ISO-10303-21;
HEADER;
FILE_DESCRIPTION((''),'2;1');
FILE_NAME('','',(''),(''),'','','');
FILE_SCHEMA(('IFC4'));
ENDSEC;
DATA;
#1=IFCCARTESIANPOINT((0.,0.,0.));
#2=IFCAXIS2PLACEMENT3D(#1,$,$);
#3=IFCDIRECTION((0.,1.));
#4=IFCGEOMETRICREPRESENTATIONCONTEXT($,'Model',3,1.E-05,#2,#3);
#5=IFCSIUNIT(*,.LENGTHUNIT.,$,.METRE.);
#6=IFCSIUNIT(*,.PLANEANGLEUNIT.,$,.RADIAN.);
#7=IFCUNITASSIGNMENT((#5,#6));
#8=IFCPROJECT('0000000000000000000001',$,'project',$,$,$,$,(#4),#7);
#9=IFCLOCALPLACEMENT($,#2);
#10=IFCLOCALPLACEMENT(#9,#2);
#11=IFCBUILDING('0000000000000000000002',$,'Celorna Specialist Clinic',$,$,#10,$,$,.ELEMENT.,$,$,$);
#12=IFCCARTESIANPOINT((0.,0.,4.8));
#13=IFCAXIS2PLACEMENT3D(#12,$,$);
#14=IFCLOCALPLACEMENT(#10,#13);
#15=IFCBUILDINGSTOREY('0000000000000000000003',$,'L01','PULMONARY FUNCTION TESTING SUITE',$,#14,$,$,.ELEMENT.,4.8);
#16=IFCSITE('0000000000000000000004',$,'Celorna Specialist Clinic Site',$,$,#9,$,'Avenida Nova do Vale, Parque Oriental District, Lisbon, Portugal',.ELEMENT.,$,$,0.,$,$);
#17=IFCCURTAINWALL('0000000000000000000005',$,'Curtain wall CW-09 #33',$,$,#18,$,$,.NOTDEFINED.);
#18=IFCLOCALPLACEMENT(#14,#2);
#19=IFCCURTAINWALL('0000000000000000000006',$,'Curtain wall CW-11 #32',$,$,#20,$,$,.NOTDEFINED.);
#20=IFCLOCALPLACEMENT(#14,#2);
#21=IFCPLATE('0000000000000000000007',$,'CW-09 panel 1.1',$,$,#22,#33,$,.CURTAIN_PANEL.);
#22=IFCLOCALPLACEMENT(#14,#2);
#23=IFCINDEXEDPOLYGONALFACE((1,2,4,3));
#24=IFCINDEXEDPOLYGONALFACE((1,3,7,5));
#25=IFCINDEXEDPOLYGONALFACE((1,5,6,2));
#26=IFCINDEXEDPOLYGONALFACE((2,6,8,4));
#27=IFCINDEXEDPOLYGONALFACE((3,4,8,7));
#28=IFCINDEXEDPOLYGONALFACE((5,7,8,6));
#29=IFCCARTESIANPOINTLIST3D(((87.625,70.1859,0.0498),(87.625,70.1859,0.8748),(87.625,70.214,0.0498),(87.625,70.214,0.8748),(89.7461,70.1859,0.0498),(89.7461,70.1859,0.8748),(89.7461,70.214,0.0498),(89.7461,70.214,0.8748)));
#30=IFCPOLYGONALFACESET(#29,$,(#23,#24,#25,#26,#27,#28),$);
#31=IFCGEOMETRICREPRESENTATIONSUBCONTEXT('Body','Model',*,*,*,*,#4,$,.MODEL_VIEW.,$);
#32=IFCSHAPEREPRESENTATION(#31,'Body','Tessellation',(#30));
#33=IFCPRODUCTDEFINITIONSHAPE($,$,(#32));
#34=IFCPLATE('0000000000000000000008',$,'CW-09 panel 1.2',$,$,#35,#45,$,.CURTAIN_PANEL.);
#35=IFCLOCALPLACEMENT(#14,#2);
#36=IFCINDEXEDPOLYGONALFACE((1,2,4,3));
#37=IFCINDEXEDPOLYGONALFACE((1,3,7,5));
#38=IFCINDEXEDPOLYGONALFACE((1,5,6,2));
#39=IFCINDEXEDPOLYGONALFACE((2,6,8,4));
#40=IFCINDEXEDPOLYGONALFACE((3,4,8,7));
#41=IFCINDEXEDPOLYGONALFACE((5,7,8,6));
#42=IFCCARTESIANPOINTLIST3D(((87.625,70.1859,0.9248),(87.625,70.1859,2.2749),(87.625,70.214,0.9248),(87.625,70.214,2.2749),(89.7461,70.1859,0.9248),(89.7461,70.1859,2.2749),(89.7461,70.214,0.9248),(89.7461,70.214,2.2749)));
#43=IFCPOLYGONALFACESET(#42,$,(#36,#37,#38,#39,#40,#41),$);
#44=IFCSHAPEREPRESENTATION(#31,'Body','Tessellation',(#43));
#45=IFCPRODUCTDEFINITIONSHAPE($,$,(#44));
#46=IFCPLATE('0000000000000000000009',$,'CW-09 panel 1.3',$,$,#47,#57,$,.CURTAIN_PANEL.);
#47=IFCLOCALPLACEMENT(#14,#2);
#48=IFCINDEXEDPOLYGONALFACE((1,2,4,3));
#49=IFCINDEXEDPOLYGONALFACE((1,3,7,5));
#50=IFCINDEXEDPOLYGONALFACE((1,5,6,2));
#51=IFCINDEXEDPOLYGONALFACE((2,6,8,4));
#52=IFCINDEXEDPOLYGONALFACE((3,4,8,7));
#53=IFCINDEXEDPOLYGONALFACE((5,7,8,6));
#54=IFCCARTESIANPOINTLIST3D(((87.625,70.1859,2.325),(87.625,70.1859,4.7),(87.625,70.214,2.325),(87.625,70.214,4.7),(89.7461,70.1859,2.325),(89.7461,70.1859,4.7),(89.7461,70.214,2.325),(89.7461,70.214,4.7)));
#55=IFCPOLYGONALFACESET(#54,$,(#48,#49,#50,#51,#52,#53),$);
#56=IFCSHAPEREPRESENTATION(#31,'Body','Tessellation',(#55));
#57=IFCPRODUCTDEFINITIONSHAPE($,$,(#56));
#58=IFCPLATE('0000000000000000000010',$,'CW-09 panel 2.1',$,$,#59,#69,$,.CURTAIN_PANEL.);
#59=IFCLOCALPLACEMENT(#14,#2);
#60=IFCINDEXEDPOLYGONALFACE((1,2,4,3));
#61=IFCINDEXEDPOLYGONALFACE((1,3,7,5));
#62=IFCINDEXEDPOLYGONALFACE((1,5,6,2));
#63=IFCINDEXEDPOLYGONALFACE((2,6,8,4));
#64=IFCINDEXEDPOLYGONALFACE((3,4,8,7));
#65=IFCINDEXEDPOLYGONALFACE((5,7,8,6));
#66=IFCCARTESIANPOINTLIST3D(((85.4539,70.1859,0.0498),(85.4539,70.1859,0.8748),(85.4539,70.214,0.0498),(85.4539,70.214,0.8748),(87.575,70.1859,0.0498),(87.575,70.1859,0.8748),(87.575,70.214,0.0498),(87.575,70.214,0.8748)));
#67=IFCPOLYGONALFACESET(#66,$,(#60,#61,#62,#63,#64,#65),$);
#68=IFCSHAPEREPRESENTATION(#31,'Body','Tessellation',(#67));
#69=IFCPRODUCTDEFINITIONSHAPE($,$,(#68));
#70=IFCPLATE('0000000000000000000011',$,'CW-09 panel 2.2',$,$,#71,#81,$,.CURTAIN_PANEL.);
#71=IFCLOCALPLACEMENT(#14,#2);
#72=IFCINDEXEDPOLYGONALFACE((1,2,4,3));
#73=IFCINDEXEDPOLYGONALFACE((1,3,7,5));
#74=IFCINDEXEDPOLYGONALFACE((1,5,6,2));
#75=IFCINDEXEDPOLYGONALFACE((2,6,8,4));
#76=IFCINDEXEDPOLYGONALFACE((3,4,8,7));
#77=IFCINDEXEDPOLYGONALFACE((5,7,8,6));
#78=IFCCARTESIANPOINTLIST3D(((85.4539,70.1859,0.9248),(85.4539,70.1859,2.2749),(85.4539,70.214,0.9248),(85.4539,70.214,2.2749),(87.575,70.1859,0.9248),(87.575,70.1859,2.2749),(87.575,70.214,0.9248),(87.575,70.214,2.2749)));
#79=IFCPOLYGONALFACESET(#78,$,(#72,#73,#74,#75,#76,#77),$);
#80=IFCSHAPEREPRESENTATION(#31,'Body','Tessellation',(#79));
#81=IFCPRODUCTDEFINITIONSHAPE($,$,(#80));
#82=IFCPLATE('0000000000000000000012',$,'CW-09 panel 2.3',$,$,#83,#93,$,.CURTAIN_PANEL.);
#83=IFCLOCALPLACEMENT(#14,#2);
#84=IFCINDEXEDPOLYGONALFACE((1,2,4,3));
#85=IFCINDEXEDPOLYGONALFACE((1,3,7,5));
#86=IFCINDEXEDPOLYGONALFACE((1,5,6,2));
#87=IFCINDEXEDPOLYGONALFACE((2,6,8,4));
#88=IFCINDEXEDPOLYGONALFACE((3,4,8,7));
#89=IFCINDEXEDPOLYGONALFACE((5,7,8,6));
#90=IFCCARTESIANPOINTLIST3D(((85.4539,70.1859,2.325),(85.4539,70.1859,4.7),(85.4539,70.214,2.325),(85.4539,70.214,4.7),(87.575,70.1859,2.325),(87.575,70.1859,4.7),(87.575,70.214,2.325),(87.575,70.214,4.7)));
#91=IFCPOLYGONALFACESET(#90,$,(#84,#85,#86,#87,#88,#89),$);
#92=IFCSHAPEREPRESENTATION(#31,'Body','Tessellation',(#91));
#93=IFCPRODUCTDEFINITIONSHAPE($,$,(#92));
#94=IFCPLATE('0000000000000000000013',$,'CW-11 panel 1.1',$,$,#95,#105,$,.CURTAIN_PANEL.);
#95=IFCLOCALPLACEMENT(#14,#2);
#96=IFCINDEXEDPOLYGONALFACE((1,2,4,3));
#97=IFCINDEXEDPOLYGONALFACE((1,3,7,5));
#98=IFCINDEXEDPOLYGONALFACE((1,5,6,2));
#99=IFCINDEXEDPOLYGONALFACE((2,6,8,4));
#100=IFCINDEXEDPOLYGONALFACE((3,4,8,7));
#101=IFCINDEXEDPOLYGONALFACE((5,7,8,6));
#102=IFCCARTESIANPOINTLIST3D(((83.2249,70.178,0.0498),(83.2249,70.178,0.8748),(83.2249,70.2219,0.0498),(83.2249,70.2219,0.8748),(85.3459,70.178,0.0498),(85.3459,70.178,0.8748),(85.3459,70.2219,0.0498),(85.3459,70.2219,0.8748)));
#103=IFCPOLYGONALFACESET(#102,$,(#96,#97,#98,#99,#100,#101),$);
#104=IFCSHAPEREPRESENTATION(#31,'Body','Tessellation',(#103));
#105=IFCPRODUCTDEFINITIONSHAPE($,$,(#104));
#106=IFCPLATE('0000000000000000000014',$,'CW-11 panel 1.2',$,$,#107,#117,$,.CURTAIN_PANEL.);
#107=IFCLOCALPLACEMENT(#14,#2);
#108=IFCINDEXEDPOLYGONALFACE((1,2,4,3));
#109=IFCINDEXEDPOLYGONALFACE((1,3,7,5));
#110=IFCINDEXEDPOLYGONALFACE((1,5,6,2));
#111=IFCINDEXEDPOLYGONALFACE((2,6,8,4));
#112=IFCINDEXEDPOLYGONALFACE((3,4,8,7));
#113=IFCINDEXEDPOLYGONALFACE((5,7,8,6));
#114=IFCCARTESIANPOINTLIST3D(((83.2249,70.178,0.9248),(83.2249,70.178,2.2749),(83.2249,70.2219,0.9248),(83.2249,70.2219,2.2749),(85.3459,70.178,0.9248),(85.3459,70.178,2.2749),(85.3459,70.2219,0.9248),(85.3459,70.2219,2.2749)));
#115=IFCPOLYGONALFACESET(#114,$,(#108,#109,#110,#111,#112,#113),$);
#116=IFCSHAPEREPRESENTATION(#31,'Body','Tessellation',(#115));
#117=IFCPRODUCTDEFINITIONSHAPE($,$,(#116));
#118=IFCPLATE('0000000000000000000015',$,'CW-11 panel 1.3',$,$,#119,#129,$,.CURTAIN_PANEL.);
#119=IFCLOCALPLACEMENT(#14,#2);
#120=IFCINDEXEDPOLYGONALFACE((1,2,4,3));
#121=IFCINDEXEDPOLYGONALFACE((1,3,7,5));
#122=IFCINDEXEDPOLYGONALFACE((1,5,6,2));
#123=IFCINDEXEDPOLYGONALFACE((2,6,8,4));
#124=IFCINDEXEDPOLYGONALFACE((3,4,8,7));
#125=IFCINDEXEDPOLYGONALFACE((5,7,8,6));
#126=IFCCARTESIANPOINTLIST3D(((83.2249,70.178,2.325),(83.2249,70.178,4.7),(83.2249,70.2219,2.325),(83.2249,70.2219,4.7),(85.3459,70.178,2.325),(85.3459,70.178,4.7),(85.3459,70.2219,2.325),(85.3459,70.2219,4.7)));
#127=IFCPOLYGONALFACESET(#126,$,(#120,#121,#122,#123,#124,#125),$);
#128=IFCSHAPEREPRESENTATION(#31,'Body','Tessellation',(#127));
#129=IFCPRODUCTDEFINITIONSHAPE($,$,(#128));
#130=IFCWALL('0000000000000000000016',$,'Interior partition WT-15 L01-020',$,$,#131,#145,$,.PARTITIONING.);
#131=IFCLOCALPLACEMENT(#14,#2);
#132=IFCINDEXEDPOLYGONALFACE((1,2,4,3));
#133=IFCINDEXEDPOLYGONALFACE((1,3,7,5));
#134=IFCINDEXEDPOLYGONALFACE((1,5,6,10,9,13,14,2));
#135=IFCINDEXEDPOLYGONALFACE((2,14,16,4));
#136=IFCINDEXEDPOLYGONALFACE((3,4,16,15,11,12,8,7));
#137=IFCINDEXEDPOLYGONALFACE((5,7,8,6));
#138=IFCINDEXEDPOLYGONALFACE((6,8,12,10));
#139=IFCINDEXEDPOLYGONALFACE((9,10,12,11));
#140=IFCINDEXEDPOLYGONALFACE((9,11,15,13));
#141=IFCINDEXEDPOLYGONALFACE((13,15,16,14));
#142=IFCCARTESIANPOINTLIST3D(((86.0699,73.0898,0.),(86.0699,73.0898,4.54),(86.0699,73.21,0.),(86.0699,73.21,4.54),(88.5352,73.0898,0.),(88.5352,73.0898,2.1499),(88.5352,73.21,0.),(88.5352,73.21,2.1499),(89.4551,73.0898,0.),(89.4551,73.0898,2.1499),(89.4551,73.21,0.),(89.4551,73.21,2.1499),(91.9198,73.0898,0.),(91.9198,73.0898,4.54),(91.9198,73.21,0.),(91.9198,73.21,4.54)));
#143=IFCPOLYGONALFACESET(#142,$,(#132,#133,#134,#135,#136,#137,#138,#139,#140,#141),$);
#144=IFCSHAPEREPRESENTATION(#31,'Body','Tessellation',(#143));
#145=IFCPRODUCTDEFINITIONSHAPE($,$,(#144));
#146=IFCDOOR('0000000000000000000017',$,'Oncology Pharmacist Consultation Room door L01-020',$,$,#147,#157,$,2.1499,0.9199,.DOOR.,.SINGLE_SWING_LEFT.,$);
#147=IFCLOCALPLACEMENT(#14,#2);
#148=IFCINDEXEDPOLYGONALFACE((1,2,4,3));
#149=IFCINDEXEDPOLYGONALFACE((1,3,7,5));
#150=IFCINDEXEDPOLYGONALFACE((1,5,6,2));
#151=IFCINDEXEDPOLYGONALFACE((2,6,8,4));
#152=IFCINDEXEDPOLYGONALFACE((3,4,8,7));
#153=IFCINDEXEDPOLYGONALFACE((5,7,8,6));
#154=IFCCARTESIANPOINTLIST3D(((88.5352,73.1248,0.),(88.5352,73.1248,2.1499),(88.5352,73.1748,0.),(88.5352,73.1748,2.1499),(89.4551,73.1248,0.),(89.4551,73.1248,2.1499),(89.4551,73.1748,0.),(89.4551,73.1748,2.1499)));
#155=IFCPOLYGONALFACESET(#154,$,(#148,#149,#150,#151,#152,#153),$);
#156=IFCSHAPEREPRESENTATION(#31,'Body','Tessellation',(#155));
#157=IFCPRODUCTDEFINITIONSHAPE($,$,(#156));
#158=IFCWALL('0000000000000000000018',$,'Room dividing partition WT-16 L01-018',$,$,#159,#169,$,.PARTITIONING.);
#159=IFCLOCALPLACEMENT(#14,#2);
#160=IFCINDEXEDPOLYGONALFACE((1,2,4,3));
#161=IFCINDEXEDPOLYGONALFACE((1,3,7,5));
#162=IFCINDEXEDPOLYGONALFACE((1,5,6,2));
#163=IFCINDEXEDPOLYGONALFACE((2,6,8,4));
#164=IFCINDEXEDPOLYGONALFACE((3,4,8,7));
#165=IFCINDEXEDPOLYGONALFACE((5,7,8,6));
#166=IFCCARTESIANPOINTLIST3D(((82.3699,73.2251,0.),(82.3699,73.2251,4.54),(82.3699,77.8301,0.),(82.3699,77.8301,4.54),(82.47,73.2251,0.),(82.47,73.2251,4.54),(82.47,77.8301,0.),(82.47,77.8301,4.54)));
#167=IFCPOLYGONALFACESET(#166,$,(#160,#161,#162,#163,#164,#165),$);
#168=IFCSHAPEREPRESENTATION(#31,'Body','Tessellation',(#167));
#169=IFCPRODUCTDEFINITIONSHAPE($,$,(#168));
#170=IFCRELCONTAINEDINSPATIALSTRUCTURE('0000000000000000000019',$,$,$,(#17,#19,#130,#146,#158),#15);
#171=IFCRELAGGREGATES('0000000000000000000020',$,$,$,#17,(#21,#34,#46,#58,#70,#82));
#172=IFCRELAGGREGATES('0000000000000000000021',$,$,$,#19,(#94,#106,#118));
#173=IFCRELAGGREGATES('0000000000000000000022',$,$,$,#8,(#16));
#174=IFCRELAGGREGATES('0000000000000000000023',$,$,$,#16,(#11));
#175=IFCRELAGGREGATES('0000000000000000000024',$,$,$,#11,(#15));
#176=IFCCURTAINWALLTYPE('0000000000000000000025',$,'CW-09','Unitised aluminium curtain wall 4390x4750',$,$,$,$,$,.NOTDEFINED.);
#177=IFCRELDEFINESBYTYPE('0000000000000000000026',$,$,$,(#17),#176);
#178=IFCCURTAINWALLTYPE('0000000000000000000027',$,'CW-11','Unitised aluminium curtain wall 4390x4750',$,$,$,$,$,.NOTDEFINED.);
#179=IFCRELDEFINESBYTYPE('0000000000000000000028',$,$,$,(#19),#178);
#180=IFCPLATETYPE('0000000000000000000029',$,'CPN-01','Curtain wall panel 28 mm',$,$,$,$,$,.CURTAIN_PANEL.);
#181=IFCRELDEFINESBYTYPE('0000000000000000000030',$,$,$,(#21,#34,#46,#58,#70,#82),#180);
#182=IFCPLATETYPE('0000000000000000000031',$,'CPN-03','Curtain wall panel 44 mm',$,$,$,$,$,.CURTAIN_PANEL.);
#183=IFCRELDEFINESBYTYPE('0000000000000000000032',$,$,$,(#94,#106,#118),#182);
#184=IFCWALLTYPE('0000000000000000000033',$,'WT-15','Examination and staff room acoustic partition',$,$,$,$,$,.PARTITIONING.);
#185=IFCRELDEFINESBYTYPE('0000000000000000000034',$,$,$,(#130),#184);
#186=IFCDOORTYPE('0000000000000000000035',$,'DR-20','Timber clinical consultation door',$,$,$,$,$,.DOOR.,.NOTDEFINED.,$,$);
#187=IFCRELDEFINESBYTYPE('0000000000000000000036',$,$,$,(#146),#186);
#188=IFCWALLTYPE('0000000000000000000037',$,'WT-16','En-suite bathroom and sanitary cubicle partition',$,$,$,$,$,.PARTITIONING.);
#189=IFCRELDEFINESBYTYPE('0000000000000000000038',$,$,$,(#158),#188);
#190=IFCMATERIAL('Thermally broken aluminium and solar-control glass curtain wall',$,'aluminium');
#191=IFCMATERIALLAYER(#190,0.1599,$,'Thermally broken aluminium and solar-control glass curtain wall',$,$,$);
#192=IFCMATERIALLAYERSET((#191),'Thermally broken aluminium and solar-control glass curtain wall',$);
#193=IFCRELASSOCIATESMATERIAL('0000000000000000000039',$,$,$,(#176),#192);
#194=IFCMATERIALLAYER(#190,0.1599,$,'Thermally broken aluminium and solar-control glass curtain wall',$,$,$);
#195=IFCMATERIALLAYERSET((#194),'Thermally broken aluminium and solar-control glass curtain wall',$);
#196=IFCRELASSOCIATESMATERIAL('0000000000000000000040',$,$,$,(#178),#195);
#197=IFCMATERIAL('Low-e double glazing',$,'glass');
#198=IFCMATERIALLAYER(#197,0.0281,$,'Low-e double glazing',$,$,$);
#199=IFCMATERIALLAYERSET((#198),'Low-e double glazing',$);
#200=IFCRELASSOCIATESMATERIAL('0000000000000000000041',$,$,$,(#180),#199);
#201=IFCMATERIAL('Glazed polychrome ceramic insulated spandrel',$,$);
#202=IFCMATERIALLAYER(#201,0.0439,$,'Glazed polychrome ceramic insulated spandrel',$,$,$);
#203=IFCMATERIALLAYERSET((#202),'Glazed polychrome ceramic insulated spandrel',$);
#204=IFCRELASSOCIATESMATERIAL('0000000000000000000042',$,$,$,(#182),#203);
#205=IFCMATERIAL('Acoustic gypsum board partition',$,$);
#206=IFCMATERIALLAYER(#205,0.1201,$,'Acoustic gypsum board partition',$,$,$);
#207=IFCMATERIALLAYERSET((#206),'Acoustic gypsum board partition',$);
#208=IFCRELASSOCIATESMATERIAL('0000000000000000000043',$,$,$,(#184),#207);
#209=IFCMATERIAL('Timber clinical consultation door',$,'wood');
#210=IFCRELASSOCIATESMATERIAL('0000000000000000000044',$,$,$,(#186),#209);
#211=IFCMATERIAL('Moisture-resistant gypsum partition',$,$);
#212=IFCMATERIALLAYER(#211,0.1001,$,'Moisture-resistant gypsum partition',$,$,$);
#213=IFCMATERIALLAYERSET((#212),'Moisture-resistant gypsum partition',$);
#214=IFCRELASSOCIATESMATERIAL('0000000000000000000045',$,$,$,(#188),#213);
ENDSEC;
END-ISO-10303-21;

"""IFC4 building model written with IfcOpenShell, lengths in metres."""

from ifc_helpers import new_model, si_unit, direction, frame, frame_2d, origin, origin_2d, place, context, subcontext, project, spatial, rectangle, extrude, material, layer, layer_set, type_object, element, fill, aggregate, save


model = new_model("IFC4")

# Units and contexts
model_context = context("Model", 3, precision=1e-05, world=origin(), true_north=direction((0.0, 1.0)))
body_context = subcontext(model_context, "Body", "Model", "MODEL_VIEW")
ifc_project = project(units=[si_unit("LENGTHUNIT", "METRE"), si_unit("PLANEANGLEUNIT", "RADIAN")], contexts=[model_context])

# Site, building, storey
site_placement = place(None, origin())
site = spatial("IfcSite", under=ifc_project, at=site_placement, Name="Celorna Specialist Clinic Site", LongName="Avenida Nova do Vale, Parque Oriental District, Lisbon, Portugal", CompositionType="ELEMENT", RefElevation=0.0)
building_placement = place(site_placement, origin())
building = spatial("IfcBuilding", under=site, at=building_placement, Name="Celorna Specialist Clinic", CompositionType="ELEMENT")
storey_placement = place(building_placement, frame((0.0, 0.0, 4.8)))
storey = spatial("IfcBuildingStorey", under=building, at=storey_placement, Name="L01", Description="PULMONARY FUNCTION TESTING SUITE", CompositionType="ELEMENT", Elevation=4.8)

# Curtain walls
ifc_material_1 = material(Name="Thermally broken aluminium and solar-control glass curtain wall", Category="aluminium")
ifc_layer_1 = layer(ifc_material_1, 0.1599, Name="Thermally broken aluminium and solar-control glass curtain wall")
ifc_layer_set_1 = layer_set([ifc_layer_1], Name="Thermally broken aluminium and solar-control glass curtain wall")
curtain_wall_type_1 = type_object("IfcCurtainWallType", Name="CW-09", Description="Unitised aluminium curtain wall 4390x4750", PredefinedType="NOTDEFINED", material=ifc_layer_set_1)
curtain_wall_1_placement = place(storey_placement, origin())
curtain_wall_1 = element("IfcCurtainWall", 1, at=curtain_wall_1_placement, inside=storey, type_object=curtain_wall_type_1, Name="Curtain wall CW-09 #33", PredefinedType="NOTDEFINED")
ifc_layer_2 = layer(ifc_material_1, 0.1599, Name="Thermally broken aluminium and solar-control glass curtain wall")
ifc_layer_set_2 = layer_set([ifc_layer_2], Name="Thermally broken aluminium and solar-control glass curtain wall")
curtain_wall_type_2 = type_object("IfcCurtainWallType", Name="CW-11", Description="Unitised aluminium curtain wall 4390x4750", PredefinedType="NOTDEFINED", material=ifc_layer_set_2)
curtain_wall_2_placement = place(storey_placement, origin())
curtain_wall_2 = element("IfcCurtainWall", 2, at=curtain_wall_2_placement, inside=storey, type_object=curtain_wall_type_2, Name="Curtain wall CW-11 #32", PredefinedType="NOTDEFINED")

# Plates
ifc_material_2 = material(Name="Low-e double glazing", Category="glass")
ifc_layer_3 = layer(ifc_material_2, 0.0281, Name="Low-e double glazing")
ifc_layer_set_3 = layer_set([ifc_layer_3], Name="Low-e double glazing")
plate_type_1 = type_object("IfcPlateType", Name="CPN-01", Description="Curtain wall panel 28 mm", PredefinedType="CURTAIN_PANEL", material=ifc_layer_set_3)
plate_1_placement = place(storey_placement, frame((88.6855, 70.2, 0.0498), z_axis=(0.0, 0.0, 1.0), x_axis=(-1.0, 0.0, 0.0)))
plate_1 = element("IfcPlate", 3, at=plate_1_placement, type_object=plate_type_1, Name="CW-09 panel 1.1", PredefinedType="CURTAIN_PANEL", context=body_context, shape_type="SweptSolid", body=[
    extrude(rectangle(XDim=2.1211, YDim=0.0281, at=origin_2d()), origin(), (0.0, 0.0, 1.0), 0.825),
])
plate_2_placement = place(storey_placement, frame((88.6855, 70.2, 0.9248), z_axis=(0.0, 0.0, 1.0), x_axis=(-1.0, 0.0, 0.0)))
plate_2 = element("IfcPlate", 4, at=plate_2_placement, type_object=plate_type_1, Name="CW-09 panel 1.2", PredefinedType="CURTAIN_PANEL", context=body_context, shape_type="SweptSolid", body=[
    extrude(rectangle(XDim=2.1211, YDim=0.0281, at=origin_2d()), origin(), (0.0, 0.0, 1.0), 1.3501),
])
plate_3_placement = place(storey_placement, frame((88.6855, 70.2, 2.325), z_axis=(0.0, 0.0, 1.0), x_axis=(-1.0, 0.0, 0.0)))
plate_3 = element("IfcPlate", 5, at=plate_3_placement, type_object=plate_type_1, Name="CW-09 panel 1.3", PredefinedType="CURTAIN_PANEL", context=body_context, shape_type="SweptSolid", body=[
    extrude(rectangle(XDim=2.1211, YDim=0.0281, at=origin_2d()), origin(), (0.0, 0.0, 1.0), 2.375),
])
plate_4_placement = place(storey_placement, frame((86.5144, 70.2, 0.0498), z_axis=(0.0, 0.0, 1.0), x_axis=(-1.0, 0.0, 0.0)))
plate_4 = element("IfcPlate", 6, at=plate_4_placement, type_object=plate_type_1, Name="CW-09 panel 2.1", PredefinedType="CURTAIN_PANEL", context=body_context, shape_type="SweptSolid", body=[
    extrude(rectangle(XDim=2.1211, YDim=0.0281, at=origin_2d()), origin(), (0.0, 0.0, 1.0), 0.825),
])
plate_5_placement = place(storey_placement, frame((86.5144, 70.2, 0.9248), z_axis=(0.0, 0.0, 1.0), x_axis=(-1.0, 0.0, 0.0)))
plate_5 = element("IfcPlate", 7, at=plate_5_placement, type_object=plate_type_1, Name="CW-09 panel 2.2", PredefinedType="CURTAIN_PANEL", context=body_context, shape_type="SweptSolid", body=[
    extrude(rectangle(XDim=2.1211, YDim=0.0281, at=origin_2d()), origin(), (0.0, 0.0, 1.0), 1.3501),
])
plate_6_placement = place(storey_placement, frame((86.5144, 70.2, 2.325), z_axis=(0.0, 0.0, 1.0), x_axis=(-1.0, 0.0, 0.0)))
plate_6 = element("IfcPlate", 8, at=plate_6_placement, type_object=plate_type_1, Name="CW-09 panel 2.3", PredefinedType="CURTAIN_PANEL", context=body_context, shape_type="SweptSolid", body=[
    extrude(rectangle(XDim=2.1211, YDim=0.0281, at=origin_2d()), origin(), (0.0, 0.0, 1.0), 2.375),
])
aggregate(curtain_wall_1, [plate_1, plate_2, plate_3, plate_4, plate_5, plate_6])
ifc_material_3 = material(Name="Glazed polychrome ceramic insulated spandrel")
ifc_layer_4 = layer(ifc_material_3, 0.0439, Name="Glazed polychrome ceramic insulated spandrel")
ifc_layer_set_4 = layer_set([ifc_layer_4], Name="Glazed polychrome ceramic insulated spandrel")
plate_type_2 = type_object("IfcPlateType", Name="CPN-03", Description="Curtain wall panel 44 mm", PredefinedType="CURTAIN_PANEL", material=ifc_layer_set_4)
plate_7_placement = place(storey_placement, frame((84.2854, 70.2, 0.0498), z_axis=(0.0, 0.0, 1.0), x_axis=(-1.0, 0.0, 0.0)))
plate_7 = element("IfcPlate", 9, at=plate_7_placement, type_object=plate_type_2, Name="CW-11 panel 1.1", PredefinedType="CURTAIN_PANEL", context=body_context, shape_type="SweptSolid", body=[
    extrude(rectangle(XDim=2.1211, YDim=0.0439, at=origin_2d()), origin(), (0.0, 0.0, 1.0), 0.825),
])
plate_8_placement = place(storey_placement, frame((84.2854, 70.2, 0.9248), z_axis=(0.0, 0.0, 1.0), x_axis=(-1.0, 0.0, 0.0)))
plate_8 = element("IfcPlate", 10, at=plate_8_placement, type_object=plate_type_2, Name="CW-11 panel 1.2", PredefinedType="CURTAIN_PANEL", context=body_context, shape_type="SweptSolid", body=[
    extrude(rectangle(XDim=2.1211, YDim=0.0439, at=origin_2d()), origin(), (0.0, 0.0, 1.0), 1.3501),
])
plate_9_placement = place(storey_placement, frame((84.2854, 70.2, 2.325), z_axis=(0.0, 0.0, 1.0), x_axis=(-1.0, 0.0, 0.0)))
plate_9 = element("IfcPlate", 11, at=plate_9_placement, type_object=plate_type_2, Name="CW-11 panel 1.3", PredefinedType="CURTAIN_PANEL", context=body_context, shape_type="SweptSolid", body=[
    extrude(rectangle(XDim=2.1211, YDim=0.0439, at=origin_2d()), origin(), (0.0, 0.0, 1.0), 2.375),
])
aggregate(curtain_wall_2, [plate_7, plate_8, plate_9])

# Wall, opening, door
ifc_material_4 = material(Name="Acoustic gypsum board partition")
ifc_layer_5 = layer(ifc_material_4, 0.1201, Name="Acoustic gypsum board partition")
ifc_layer_set_5 = layer_set([ifc_layer_5], Name="Acoustic gypsum board partition")
wall_type_1 = type_object("IfcWallType", Name="WT-15", Description="Examination and staff room acoustic partition", PredefinedType="PARTITIONING", material=ifc_layer_set_5)
wall_1_placement = place(storey_placement, frame((86.0701, 73.1499, 0.0), z_axis=(0.0, 0.0, 1.0), x_axis=(1.0, 0.0, 0.0)))
wall_1 = element("IfcWall", 12, at=wall_1_placement, inside=storey, type_object=wall_type_1, Name="Interior partition WT-15 L01-020", PredefinedType="PARTITIONING", context=body_context, shape_type="SweptSolid", body=[
    extrude(rectangle(XDim=5.8499, YDim=0.1201, at=frame_2d((2.9248, 0.0))), origin(), (0.0, 0.0, 1.0), 4.54),
])
opening_placement = place(wall_1_placement, frame((2.4651, 0.0, 0.0)))
opening = element("IfcOpeningElement", 13, at=opening_placement, cuts=wall_1, PredefinedType="OPENING", context=body_context, shape_type="SweptSolid", body=[
    extrude(rectangle(XDim=0.9199, YDim=2.1499, at=frame_2d((0.46, 1.075))), frame((0.0, 0.0701, 0.0), z_axis=(0.0, -1.0, 0.0), x_axis=(1.0, 0.0, 0.0)), (0.0, 0.0, 1.0), 0.1401),
])
ifc_material_5 = material(Name="Timber clinical consultation door", Category="wood")
door_type = type_object("IfcDoorType", Name="DR-20", Description="Timber clinical consultation door", OperationType="NOTDEFINED", PredefinedType="DOOR", material=ifc_material_5)
door_placement = place(opening_placement, origin())
door = element("IfcDoor", 14, at=door_placement, inside=storey, type_object=door_type, Name="Oncology Pharmacist Consultation Room door L01-020", OperationType="SINGLE_SWING_LEFT", OverallHeight=2.1499, OverallWidth=0.9199, PredefinedType="DOOR", context=body_context, shape_type="SweptSolid", body=[
    extrude(rectangle(XDim=0.9199, YDim=2.1499, at=frame_2d((0.46, 1.075))), frame((0.0, 0.0249, 0.0), z_axis=(0.0, -1.0, 0.0), x_axis=(1.0, 0.0, 0.0)), (0.0, 0.0, 1.0), 0.05),
])
fill(opening, door)

# Wall
ifc_material_6 = material(Name="Moisture-resistant gypsum partition")
ifc_layer_6 = layer(ifc_material_6, 0.1001, Name="Moisture-resistant gypsum partition")
ifc_layer_set_6 = layer_set([ifc_layer_6], Name="Moisture-resistant gypsum partition")
wall_type_2 = type_object("IfcWallType", Name="WT-16", Description="En-suite bathroom and sanitary cubicle partition", PredefinedType="PARTITIONING", material=ifc_layer_set_6)
wall_2_placement = place(storey_placement, frame((82.4199, 73.2251, 0.0), z_axis=(0.0, 0.0, 1.0), x_axis=(0.0, 1.0, 0.0)))
element("IfcWall", 15, at=wall_2_placement, inside=storey, type_object=wall_type_2, Name="Room dividing partition WT-16 L01-018", PredefinedType="PARTITIONING", context=body_context, shape_type="SweptSolid", body=[
    extrude(rectangle(XDim=4.605, YDim=0.1001, at=frame_2d((2.3025, 0.0))), origin(), (0.0, 0.0, 1.0), 4.54),
])

save(model, "model.ifc")
